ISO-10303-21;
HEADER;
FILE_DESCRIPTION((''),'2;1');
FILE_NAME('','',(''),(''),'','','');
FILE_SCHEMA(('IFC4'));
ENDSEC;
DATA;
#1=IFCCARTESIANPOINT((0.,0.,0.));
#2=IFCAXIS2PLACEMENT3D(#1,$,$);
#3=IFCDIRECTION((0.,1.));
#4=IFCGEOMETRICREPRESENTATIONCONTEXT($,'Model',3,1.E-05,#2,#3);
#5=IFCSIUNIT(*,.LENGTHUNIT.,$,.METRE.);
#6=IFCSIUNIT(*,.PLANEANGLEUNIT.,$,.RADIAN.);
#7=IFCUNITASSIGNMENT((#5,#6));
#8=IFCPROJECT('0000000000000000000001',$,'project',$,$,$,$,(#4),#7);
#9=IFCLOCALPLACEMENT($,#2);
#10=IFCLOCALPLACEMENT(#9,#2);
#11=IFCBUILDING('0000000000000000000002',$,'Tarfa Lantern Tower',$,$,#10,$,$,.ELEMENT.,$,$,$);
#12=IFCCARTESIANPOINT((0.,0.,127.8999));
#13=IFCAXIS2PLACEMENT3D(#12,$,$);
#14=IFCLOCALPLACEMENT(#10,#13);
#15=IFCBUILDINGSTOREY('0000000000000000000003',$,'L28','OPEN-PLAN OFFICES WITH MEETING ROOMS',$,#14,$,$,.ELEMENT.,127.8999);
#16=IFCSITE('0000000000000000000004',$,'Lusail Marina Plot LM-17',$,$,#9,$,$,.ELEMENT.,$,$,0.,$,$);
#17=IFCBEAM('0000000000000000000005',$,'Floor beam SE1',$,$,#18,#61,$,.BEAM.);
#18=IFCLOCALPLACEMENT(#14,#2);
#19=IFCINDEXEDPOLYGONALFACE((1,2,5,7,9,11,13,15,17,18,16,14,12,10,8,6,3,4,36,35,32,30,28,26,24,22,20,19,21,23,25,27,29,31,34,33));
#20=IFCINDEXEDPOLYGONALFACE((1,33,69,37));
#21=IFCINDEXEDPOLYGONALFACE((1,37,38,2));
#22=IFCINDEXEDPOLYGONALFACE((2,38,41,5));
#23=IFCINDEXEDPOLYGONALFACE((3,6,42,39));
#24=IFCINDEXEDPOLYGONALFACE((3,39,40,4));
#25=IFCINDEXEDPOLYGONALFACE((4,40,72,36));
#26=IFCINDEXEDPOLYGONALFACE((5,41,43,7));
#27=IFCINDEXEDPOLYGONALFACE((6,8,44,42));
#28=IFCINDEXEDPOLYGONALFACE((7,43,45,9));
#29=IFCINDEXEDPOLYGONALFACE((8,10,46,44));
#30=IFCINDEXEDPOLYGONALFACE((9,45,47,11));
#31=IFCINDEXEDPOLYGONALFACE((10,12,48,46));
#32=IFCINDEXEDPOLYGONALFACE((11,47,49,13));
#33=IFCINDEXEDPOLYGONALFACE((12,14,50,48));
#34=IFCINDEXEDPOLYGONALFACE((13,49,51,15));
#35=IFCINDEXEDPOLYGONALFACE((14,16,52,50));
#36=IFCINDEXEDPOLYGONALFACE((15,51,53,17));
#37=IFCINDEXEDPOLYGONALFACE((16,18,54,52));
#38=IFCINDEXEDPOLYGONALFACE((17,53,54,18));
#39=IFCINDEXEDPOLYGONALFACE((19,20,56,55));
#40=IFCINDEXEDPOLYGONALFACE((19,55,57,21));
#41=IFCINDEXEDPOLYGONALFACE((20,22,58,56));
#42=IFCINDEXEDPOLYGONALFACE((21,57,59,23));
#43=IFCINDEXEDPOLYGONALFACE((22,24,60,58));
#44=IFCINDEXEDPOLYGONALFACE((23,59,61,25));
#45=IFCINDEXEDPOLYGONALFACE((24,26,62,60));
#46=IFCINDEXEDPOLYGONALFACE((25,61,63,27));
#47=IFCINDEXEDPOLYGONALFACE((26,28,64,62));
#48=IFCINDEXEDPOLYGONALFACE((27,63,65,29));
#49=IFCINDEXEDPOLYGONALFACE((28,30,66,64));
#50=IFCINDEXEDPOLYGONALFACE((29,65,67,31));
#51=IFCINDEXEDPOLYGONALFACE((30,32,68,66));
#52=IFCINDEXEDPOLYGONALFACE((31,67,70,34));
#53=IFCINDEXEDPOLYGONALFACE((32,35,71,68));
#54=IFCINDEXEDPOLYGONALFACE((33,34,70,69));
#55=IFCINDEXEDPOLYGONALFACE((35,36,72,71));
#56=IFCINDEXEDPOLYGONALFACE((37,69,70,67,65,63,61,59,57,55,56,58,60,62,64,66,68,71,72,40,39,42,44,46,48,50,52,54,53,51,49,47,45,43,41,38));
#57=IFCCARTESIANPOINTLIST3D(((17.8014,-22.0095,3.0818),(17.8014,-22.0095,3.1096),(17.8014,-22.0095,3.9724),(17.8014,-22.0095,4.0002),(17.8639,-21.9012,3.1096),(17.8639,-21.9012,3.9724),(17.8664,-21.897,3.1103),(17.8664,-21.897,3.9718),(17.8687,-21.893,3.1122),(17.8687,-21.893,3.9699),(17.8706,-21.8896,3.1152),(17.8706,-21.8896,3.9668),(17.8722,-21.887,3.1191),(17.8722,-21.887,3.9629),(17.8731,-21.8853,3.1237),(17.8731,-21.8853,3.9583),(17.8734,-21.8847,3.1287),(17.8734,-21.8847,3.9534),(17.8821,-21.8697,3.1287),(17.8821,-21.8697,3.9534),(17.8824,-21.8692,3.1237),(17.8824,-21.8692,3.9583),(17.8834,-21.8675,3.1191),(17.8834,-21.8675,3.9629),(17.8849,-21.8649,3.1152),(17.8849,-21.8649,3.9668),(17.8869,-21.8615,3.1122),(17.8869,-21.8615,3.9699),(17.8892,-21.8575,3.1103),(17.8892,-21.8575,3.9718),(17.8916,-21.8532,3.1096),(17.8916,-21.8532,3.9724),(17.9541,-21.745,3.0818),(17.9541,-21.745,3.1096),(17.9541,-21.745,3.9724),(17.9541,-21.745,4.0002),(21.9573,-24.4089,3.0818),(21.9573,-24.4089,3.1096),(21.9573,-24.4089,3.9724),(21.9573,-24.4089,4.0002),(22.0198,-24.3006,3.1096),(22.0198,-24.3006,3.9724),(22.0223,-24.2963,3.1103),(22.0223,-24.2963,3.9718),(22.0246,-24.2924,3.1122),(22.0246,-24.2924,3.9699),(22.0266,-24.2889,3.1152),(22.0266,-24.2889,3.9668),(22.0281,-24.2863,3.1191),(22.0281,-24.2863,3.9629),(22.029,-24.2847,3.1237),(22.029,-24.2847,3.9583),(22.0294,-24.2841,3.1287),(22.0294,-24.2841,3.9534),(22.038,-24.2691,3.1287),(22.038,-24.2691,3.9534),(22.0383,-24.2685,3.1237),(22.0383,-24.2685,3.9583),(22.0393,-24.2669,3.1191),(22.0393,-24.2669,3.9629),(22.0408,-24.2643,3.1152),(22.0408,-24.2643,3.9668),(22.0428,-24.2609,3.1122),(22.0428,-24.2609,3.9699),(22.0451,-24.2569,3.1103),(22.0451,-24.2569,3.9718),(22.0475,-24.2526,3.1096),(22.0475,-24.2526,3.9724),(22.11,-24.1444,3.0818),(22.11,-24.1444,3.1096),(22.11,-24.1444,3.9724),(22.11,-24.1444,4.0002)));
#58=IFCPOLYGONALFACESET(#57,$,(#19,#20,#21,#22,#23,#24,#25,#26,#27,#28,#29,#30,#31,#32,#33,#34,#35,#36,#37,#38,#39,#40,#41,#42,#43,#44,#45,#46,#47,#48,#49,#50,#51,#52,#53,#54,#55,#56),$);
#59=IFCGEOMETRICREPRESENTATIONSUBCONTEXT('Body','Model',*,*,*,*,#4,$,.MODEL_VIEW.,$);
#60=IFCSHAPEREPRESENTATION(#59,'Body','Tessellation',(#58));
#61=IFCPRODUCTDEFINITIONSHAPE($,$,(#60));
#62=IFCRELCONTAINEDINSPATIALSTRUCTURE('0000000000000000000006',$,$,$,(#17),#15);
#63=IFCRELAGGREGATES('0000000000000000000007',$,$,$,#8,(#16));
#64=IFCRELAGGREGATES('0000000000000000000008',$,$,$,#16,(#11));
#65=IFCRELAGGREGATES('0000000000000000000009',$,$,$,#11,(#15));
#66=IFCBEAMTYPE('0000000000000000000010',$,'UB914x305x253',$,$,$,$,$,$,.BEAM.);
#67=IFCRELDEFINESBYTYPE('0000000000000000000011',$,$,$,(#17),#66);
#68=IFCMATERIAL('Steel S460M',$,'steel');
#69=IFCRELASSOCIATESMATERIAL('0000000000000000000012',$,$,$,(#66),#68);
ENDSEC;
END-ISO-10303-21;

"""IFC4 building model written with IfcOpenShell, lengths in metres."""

from ifc_helpers import new_model, si_unit, direction, frame, origin, origin_2d, place, context, subcontext, project, spatial, i_section, extrude, material, material_profile, profile_set, type_object, element, save


model = new_model("IFC4")

# Units and contexts
model_context = context("Model", 3, precision=1e-05, world=origin(), true_north=direction((0.0, 1.0)))
body_context = subcontext(model_context, "Body", "Model", "MODEL_VIEW")
ifc_project = project(units=[si_unit("LENGTHUNIT", "METRE"), si_unit("PLANEANGLEUNIT", "RADIAN")], contexts=[model_context])

# Site, building, storey
site_placement = place(None, origin())
site = spatial("IfcSite", under=ifc_project, at=site_placement, Name="Lusail Marina Plot LM-17", CompositionType="ELEMENT", RefElevation=0.0)
building_placement = place(site_placement, origin())
building = spatial("IfcBuilding", under=site, at=building_placement, Name="Tarfa Lantern Tower", CompositionType="ELEMENT")
storey_placement = place(building_placement, frame((0.0, 0.0, 127.8999)))
storey = spatial("IfcBuildingStorey", under=building, at=storey_placement, Name="L28", Description="OPEN-PLAN OFFICES WITH MEETING ROOMS", CompositionType="ELEMENT", Elevation=127.8999)

# Beam
ifc_material_1 = material(Name="Steel S460M", Category="steel")
ifc_material_profile_1 = material_profile(ifc_material_1, i_section(OverallWidth=0.3054, OverallDepth=0.9185, WebThickness=0.0173, FlangeThickness=0.0278, FilletRadius=0.019, at=origin_2d()), Name="UB914x305x253")
ifc_profile_set_1 = profile_set([ifc_material_profile_1], Name="Steel S460M")
beam_type_1 = type_object("IfcBeamType", Name="UB914x305x253", PredefinedType="BEAM", material=ifc_profile_set_1)
beam_1_placement = place(storey_placement, frame((22.0337, -24.2766, 3.541), z_axis=(-0.866031, 0.499991, 0.0), x_axis=(-0.499991, -0.866031, 0.0)))
element("IfcBeam", 1, at=beam_1_placement, inside=storey, type_object=beam_type_1, Name="Floor beam SE1", PredefinedType="BEAM", context=body_context, shape_type="SweptSolid", body=[
    extrude(i_section(OverallWidth=0.3054, OverallDepth=0.9185, WebThickness=0.0173, FlangeThickness=0.0278, FilletRadius=0.019, at=origin_2d()), origin(), (0.0, 0.0, 1.0), 4.7988),
])

save(model, "model.ifc")
